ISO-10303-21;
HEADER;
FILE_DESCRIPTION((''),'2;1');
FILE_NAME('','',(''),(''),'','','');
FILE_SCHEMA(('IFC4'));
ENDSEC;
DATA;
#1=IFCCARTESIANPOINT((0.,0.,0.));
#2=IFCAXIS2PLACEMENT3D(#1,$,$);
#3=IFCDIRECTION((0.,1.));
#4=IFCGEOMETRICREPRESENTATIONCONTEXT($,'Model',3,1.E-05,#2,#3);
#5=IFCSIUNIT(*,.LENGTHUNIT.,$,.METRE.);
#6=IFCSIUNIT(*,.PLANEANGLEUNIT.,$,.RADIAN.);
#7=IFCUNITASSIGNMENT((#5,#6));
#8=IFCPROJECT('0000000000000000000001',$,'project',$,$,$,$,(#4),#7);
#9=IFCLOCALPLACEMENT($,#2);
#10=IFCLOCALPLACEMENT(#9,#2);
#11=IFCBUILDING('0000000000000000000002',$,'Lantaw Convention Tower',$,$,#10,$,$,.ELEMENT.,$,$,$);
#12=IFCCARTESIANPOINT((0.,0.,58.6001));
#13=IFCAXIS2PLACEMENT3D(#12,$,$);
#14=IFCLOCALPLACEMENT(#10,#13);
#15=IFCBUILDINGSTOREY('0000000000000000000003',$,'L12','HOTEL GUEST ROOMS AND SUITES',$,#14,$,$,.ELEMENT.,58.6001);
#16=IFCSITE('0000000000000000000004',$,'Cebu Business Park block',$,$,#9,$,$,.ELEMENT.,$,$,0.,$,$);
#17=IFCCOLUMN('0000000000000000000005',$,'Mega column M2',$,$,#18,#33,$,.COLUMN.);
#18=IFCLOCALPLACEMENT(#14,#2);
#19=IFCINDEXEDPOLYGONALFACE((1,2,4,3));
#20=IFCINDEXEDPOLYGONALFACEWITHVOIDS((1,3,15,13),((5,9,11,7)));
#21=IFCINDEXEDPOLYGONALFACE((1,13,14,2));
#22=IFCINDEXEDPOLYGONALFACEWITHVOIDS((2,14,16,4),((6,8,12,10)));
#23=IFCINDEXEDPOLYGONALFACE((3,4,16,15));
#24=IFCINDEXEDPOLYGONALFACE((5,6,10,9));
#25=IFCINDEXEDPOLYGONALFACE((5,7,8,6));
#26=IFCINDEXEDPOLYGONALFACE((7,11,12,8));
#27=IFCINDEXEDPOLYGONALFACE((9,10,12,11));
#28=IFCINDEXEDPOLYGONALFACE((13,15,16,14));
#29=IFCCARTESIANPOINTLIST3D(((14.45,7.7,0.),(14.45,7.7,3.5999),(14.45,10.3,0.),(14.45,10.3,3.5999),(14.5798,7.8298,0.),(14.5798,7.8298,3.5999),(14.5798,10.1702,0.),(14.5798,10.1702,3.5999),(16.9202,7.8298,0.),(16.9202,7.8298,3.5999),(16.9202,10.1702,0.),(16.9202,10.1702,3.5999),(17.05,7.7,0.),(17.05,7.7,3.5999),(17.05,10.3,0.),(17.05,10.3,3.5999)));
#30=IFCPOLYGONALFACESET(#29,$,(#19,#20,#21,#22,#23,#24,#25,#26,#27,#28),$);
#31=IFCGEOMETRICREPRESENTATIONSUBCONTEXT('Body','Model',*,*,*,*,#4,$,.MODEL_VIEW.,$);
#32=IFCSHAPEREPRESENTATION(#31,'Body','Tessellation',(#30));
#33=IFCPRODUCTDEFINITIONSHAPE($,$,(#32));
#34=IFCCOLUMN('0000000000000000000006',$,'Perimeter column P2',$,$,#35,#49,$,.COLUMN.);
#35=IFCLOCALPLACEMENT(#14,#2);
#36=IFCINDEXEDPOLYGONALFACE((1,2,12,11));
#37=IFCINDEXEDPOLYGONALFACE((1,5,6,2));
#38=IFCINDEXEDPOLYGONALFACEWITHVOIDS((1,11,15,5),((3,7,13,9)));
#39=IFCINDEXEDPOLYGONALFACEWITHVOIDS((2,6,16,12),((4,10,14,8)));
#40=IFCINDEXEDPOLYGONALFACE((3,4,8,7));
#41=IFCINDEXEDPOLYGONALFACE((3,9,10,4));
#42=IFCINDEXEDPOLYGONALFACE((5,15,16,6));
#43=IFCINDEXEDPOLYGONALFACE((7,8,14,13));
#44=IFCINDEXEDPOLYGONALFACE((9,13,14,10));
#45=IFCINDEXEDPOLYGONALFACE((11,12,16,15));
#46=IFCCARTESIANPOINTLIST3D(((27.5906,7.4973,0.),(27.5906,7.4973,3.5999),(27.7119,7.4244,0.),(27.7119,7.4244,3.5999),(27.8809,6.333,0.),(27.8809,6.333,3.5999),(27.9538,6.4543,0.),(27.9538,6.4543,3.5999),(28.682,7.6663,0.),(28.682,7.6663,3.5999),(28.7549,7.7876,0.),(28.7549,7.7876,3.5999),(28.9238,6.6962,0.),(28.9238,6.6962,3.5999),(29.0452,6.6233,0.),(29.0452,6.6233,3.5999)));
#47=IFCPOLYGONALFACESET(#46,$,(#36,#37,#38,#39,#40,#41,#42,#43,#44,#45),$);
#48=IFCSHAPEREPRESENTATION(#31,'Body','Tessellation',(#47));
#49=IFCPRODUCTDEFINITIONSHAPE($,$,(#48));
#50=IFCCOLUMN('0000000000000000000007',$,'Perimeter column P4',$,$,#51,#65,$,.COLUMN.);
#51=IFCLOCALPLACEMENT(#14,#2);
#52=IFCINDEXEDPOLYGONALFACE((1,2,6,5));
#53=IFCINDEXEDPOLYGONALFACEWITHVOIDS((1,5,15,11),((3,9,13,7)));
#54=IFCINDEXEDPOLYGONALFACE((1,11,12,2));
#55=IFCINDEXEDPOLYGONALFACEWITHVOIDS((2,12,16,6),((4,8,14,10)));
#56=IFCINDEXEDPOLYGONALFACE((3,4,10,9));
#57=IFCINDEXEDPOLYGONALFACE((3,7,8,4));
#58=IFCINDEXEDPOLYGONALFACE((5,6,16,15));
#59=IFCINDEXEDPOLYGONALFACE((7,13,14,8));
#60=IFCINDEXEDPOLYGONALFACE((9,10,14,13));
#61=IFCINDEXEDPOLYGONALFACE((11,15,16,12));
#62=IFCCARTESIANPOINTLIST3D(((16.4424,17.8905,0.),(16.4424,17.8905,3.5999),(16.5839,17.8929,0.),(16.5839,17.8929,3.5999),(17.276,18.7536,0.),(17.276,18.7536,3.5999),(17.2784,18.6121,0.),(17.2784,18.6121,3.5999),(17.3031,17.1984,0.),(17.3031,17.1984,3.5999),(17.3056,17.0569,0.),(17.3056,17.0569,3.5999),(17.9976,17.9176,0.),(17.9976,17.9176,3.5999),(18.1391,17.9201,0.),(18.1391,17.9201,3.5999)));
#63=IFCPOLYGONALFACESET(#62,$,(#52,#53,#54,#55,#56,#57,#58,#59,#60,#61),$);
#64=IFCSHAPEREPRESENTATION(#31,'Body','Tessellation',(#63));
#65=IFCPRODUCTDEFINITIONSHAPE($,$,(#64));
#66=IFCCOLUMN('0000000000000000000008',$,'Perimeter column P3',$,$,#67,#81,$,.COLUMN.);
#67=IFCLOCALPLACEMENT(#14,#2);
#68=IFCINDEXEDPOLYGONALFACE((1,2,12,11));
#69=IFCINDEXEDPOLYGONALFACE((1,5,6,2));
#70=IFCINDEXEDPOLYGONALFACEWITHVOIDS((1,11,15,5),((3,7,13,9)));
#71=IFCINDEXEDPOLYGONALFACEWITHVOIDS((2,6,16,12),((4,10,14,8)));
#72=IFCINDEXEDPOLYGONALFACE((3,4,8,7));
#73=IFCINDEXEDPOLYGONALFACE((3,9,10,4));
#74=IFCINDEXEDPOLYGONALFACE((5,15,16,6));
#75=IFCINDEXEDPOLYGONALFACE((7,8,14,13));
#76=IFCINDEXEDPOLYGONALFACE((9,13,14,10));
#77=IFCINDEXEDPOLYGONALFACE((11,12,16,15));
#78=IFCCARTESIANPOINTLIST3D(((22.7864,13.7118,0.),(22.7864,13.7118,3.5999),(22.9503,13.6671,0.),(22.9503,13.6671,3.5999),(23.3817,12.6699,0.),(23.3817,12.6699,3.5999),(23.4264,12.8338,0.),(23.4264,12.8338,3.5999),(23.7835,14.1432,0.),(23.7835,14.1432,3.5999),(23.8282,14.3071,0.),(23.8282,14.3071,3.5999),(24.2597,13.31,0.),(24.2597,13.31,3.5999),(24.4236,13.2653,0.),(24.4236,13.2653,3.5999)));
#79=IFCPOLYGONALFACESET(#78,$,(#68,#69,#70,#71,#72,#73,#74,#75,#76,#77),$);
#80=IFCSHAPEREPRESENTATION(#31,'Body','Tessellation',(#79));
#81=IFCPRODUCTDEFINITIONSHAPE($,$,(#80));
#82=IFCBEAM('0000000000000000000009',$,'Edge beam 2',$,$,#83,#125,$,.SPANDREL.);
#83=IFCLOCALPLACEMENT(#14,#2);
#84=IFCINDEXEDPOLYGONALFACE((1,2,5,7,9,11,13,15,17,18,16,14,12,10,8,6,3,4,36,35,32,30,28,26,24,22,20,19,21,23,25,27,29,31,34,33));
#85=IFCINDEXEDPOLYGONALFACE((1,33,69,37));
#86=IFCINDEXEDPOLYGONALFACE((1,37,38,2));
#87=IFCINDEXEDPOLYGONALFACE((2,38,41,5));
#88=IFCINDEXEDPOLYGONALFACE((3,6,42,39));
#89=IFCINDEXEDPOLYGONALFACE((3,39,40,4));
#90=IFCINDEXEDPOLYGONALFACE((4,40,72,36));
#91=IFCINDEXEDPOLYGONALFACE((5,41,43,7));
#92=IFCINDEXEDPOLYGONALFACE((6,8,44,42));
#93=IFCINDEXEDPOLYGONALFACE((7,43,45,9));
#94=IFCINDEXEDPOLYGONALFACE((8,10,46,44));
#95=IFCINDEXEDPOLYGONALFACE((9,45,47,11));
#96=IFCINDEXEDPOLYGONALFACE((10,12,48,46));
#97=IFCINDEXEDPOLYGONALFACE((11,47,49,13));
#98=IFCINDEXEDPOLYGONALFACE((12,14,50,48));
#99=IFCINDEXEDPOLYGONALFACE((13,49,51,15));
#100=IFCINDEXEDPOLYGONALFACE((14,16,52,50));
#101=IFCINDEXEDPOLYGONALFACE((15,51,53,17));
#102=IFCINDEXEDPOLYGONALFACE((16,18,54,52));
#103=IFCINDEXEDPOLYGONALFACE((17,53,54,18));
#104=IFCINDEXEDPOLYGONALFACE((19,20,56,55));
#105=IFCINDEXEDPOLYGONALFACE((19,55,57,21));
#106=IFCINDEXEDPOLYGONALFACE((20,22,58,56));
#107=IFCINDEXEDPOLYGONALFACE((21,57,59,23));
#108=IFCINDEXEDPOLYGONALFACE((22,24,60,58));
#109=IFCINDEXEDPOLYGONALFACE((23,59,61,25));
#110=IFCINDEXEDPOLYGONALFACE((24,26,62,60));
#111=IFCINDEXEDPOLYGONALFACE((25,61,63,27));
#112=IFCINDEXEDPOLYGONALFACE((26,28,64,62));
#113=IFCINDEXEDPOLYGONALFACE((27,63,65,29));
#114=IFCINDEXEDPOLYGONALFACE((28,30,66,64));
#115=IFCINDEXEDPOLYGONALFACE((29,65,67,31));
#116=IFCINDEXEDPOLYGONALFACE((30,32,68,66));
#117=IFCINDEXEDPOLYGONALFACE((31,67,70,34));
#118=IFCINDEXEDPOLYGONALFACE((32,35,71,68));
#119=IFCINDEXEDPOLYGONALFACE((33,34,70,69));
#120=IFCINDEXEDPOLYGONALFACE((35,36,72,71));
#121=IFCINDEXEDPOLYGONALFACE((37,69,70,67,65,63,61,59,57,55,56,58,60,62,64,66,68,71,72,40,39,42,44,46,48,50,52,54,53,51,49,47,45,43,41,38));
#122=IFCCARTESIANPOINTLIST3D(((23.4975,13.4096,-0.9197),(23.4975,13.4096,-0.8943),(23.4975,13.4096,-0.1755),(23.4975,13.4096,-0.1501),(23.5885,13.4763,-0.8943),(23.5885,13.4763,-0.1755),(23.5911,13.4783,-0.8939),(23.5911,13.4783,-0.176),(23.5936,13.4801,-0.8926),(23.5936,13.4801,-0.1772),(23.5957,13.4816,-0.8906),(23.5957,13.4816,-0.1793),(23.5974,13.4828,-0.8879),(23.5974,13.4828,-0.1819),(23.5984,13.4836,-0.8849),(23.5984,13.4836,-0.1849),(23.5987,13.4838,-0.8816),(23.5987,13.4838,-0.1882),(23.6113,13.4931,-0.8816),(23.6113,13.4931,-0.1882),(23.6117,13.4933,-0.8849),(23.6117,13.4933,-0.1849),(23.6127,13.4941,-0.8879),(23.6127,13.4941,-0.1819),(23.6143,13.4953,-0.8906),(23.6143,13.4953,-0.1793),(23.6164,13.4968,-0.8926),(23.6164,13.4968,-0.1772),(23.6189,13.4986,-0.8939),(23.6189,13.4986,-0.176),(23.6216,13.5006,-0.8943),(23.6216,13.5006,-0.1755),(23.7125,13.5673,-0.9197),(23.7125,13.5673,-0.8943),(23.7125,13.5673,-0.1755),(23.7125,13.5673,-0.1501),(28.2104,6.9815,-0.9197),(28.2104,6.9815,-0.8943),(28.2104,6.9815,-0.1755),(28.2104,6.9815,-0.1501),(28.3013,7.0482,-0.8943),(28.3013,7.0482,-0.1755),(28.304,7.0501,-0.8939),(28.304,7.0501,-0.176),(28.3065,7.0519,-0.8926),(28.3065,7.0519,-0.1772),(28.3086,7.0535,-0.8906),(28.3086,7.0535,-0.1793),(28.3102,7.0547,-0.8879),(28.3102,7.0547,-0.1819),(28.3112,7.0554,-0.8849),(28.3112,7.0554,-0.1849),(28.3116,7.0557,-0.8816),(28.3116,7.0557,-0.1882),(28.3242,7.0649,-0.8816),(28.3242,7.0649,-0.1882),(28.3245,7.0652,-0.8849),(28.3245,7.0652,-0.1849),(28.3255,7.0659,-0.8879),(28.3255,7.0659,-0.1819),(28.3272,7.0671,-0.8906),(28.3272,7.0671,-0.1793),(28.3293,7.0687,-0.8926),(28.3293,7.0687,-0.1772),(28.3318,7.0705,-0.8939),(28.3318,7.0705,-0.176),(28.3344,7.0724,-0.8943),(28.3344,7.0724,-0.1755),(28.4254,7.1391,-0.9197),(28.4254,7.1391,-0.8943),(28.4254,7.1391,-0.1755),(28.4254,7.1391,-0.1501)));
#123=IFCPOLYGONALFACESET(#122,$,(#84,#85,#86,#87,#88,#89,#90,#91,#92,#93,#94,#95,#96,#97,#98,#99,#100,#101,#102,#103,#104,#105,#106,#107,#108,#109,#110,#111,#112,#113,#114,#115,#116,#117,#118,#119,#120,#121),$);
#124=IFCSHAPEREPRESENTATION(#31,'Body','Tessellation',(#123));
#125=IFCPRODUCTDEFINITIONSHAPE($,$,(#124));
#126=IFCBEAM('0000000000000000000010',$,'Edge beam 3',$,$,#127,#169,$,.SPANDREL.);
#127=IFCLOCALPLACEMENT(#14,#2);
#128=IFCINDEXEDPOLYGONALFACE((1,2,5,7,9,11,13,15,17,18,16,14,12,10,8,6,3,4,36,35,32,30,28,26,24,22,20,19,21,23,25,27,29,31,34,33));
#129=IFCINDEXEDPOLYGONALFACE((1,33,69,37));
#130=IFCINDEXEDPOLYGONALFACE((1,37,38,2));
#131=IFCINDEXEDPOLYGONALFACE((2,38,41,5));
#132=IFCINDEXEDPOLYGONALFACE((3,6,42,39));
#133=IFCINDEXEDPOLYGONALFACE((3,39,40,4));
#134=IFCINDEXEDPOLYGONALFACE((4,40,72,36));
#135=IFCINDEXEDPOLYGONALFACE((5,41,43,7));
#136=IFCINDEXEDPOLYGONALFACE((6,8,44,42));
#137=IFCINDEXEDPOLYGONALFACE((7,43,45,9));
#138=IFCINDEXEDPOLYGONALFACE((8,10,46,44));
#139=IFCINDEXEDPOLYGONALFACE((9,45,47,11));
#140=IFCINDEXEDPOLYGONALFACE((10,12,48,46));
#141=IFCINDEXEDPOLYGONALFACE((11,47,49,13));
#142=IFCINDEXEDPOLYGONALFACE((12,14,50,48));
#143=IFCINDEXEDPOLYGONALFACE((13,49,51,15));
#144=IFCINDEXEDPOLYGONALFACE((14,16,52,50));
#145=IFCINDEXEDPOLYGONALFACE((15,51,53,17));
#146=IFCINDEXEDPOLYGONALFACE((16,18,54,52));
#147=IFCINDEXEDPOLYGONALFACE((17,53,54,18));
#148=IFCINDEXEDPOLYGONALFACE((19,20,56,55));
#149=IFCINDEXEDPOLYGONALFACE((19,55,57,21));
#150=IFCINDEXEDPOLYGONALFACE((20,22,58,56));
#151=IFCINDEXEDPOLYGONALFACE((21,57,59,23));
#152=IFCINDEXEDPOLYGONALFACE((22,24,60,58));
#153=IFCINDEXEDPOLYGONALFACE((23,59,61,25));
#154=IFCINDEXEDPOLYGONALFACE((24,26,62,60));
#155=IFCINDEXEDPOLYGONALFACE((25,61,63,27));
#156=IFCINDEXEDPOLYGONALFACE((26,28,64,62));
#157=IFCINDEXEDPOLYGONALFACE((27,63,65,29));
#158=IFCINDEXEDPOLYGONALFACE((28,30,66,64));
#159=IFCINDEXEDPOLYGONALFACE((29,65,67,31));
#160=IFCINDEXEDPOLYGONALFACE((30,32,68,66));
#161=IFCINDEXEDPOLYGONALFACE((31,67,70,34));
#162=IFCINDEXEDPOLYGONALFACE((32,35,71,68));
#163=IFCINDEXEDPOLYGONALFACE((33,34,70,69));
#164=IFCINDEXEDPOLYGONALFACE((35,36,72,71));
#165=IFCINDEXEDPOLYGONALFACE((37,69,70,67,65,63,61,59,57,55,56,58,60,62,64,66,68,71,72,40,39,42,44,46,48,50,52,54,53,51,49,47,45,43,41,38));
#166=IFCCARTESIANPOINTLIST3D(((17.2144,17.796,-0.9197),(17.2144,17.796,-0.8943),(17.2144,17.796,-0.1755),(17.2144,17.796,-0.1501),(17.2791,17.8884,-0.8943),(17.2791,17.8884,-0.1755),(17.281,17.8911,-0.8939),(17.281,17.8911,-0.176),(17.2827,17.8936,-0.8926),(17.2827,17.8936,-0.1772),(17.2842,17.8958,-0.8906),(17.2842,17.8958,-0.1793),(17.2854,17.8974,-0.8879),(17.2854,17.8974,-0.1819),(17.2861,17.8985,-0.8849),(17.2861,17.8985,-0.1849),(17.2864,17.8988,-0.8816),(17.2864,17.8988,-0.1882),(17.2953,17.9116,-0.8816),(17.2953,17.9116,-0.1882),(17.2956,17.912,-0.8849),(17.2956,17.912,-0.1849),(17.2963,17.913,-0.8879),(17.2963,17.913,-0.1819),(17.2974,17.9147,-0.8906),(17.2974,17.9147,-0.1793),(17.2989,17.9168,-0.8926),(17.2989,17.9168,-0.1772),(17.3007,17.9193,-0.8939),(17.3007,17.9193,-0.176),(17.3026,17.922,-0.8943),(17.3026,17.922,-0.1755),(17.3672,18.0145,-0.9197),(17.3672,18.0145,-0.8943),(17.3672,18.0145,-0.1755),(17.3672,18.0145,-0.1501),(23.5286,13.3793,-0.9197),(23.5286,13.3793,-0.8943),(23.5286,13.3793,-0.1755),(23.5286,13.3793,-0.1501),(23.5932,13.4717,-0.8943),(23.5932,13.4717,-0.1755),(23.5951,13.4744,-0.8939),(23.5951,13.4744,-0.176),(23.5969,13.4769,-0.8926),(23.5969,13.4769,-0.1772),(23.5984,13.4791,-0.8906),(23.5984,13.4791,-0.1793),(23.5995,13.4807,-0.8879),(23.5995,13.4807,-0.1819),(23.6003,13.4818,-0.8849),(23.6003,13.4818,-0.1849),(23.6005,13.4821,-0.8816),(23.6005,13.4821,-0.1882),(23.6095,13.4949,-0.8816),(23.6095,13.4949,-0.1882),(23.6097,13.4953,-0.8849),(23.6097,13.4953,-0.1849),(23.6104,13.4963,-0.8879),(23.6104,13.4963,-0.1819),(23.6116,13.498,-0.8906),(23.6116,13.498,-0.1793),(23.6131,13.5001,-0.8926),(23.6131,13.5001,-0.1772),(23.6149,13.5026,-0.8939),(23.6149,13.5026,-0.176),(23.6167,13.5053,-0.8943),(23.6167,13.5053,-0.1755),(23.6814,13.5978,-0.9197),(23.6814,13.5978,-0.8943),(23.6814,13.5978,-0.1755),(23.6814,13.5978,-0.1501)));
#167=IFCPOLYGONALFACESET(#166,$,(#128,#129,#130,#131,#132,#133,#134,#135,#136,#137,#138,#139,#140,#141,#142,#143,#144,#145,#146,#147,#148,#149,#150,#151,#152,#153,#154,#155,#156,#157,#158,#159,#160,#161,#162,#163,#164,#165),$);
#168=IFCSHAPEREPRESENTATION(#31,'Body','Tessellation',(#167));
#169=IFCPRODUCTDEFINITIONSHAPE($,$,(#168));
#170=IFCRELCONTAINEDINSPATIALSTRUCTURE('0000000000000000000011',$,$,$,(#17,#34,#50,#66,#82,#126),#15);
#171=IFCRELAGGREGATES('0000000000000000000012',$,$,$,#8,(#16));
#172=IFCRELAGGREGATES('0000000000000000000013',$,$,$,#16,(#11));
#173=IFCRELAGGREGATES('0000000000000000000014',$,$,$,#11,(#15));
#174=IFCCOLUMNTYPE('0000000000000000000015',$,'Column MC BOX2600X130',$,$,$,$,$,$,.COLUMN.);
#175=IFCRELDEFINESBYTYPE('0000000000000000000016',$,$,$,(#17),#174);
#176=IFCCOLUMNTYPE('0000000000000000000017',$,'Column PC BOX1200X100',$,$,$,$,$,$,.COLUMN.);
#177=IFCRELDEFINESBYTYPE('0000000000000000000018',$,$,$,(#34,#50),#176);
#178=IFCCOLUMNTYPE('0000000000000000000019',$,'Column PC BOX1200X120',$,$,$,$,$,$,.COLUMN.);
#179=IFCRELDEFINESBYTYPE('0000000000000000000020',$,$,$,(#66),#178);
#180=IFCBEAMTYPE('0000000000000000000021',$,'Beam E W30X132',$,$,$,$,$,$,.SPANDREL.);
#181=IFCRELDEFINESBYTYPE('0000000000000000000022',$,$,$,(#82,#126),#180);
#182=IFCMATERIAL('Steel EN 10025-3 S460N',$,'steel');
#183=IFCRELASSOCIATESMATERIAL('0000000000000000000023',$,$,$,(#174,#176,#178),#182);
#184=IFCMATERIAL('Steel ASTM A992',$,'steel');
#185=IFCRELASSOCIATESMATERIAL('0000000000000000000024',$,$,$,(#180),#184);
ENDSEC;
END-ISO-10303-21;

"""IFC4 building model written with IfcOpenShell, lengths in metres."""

from ifc_helpers import new_model, si_unit, direction, frame, origin, origin_2d, place, context, subcontext, project, spatial, rectangle, hollow_rectangle, i_section, extrude, material, material_profile, profile_set, type_object, element, save


model = new_model("IFC4")

# Units and contexts
model_context = context("Model", 3, precision=1e-05, world=origin(), true_north=direction((0.0, 1.0)))
body_context = subcontext(model_context, "Body", "Model", "MODEL_VIEW")
ifc_project = project(units=[si_unit("LENGTHUNIT", "METRE"), si_unit("PLANEANGLEUNIT", "RADIAN")], contexts=[model_context])

# Site, building, storey
site_placement = place(None, origin())
site = spatial("IfcSite", under=ifc_project, at=site_placement, Name="Cebu Business Park block", CompositionType="ELEMENT", RefElevation=0.0)
building_placement = place(site_placement, origin())
building = spatial("IfcBuilding", under=site, at=building_placement, Name="Lantaw Convention Tower", CompositionType="ELEMENT")
storey_placement = place(building_placement, frame((0.0, 0.0, 58.6001)))
storey = spatial("IfcBuildingStorey", under=building, at=storey_placement, Name="L12", Description="HOTEL GUEST ROOMS AND SUITES", CompositionType="ELEMENT", Elevation=58.6001)

# Columns
ifc_material_1 = material(Name="Steel EN 10025-3 S460N", Category="steel")
ifc_material_profile_1 = material_profile(ifc_material_1, hollow_rectangle(XDim=2.6001, YDim=2.6001, WallThickness=0.1299, at=origin_2d()), Name="BOX2600X130")
ifc_material_2 = material(Name="Concrete C60/75", Category="concrete")
ifc_material_profile_2 = material_profile(ifc_material_2, rectangle(XDim=2.3401, YDim=2.3401, at=origin_2d()), Name="Concrete fill of BOX2600X130")
ifc_profile_set_1 = profile_set([ifc_material_profile_1, ifc_material_profile_2], Name="Steel EN 10025-3 S460N")
column_type_1 = type_object("IfcColumnType", Name="Column MC BOX2600X130", PredefinedType="COLUMN", material=ifc_profile_set_1)
column_1_placement = place(storey_placement, frame((15.75, 9.0, 0.0), z_axis=(0.0, 0.0, 1.0), x_axis=(1.0, 0.0, 0.0)))
element("IfcColumn", 1, at=column_1_placement, inside=storey, type_object=column_type_1, Name="Mega column M2", PredefinedType="COLUMN", context=body_context, shape_type="SweptSolid", body=[
    extrude(hollow_rectangle(XDim=2.6001, YDim=2.6001, WallThickness=0.1299, at=origin_2d()), origin(), (0.0, 0.0, 1.0), 3.5999),
])
ifc_material_profile_3 = material_profile(ifc_material_1, hollow_rectangle(XDim=1.2, YDim=1.2, WallThickness=0.1001, at=origin_2d()), Name="BOX1200X100")
ifc_material_profile_4 = material_profile(ifc_material_2, rectangle(XDim=1.0, YDim=1.0, at=origin_2d()), Name="Concrete fill of BOX1200X100")
ifc_profile_set_2 = profile_set([ifc_material_profile_3, ifc_material_profile_4], Name="Steel EN 10025-3 S460N")
column_type_2 = type_object("IfcColumnType", Name="Column PC BOX1200X100", PredefinedType="COLUMN", material=ifc_profile_set_2)
for number, where, z_axis, x_axis, name in (
    (2, (28.3179, 7.0603, 0.0), (0.0, 0.0, 1.0), (0.970296, 0.241922, 0.0), "Perimeter column P2"),
    (3, (17.2908, 17.9053, 0.0), (0.0, 0.0, 1.0), (0.694658, 0.71934, 0.0), "Perimeter column P4"),
):
    element("IfcColumn", number, at=place(storey_placement, frame(where, z_axis=z_axis, x_axis=x_axis)), inside=storey, type_object=column_type_2, Name=name, PredefinedType="COLUMN", context=body_context, shape_type="SweptSolid", body=[
        extrude(hollow_rectangle(XDim=1.2, YDim=1.2, WallThickness=0.1001, at=origin_2d()), origin(), (0.0, 0.0, 1.0), 3.5999),
    ])
ifc_material_profile_5 = material_profile(ifc_material_1, hollow_rectangle(XDim=1.2, YDim=1.2, WallThickness=0.1201, at=origin_2d()), Name="BOX1200X120")
ifc_material_profile_6 = material_profile(ifc_material_2, rectangle(XDim=0.96, YDim=0.96, at=origin_2d()), Name="Concrete fill of BOX1200X120")
ifc_profile_set_3 = profile_set([ifc_material_profile_5, ifc_material_profile_6], Name="Steel EN 10025-3 S460N")
column_type_3 = type_object("IfcColumnType", Name="Column PC BOX1200X120", PredefinedType="COLUMN", material=ifc_profile_set_3)
column_2_placement = place(storey_placement, frame((23.605, 13.4885, 0.0), z_axis=(0.0, 0.0, 1.0), x_axis=(0.868243, 0.496139, 0.0)))
element("IfcColumn", 4, at=column_2_placement, inside=storey, type_object=column_type_3, Name="Perimeter column P3", PredefinedType="COLUMN", context=body_context, shape_type="SweptSolid", body=[
    extrude(hollow_rectangle(XDim=1.2, YDim=1.2, WallThickness=0.1201, at=origin_2d()), origin(), (0.0, 0.0, 1.0), 3.5999),
])

# Beams
ifc_material_3 = material(Name="Steel ASTM A992", Category="steel")
ifc_material_profile_7 = material_profile(ifc_material_3, i_section(OverallWidth=0.2666, OverallDepth=0.7695, WebThickness=0.0156, FlangeThickness=0.0254, FilletRadius=0.0127, at=origin_2d()), Name="W30X132")
ifc_profile_set_4 = profile_set([ifc_material_profile_7], Name="Steel ASTM A992")
beam_type_1 = type_object("IfcBeamType", Name="Beam E W30X132", PredefinedType="SPANDREL", material=ifc_profile_set_4)
beam_1_placement = place(storey_placement, frame((28.3179, 7.0603, -0.5349), z_axis=(-0.591271, 0.806473, 0.0), x_axis=(-0.806473, -0.591271, 0.0)))
element("IfcBeam", 5, at=beam_1_placement, inside=storey, type_object=beam_type_1, Name="Edge beam 2", PredefinedType="SPANDREL", context=body_context, shape_type="SweptSolid", body=[
    extrude(i_section(OverallWidth=0.2666, OverallDepth=0.7695, WebThickness=0.0156, FlangeThickness=0.0254, FilletRadius=0.0127, at=origin_2d()), origin(), (0.0, 0.0, 1.0), 7.9707),
])
beam_2_placement = place(storey_placement, frame((23.605, 13.4885, -0.5349), z_axis=(-0.819427, 0.573184, 0.0), x_axis=(-0.573184, -0.819427, 0.0)))
element("IfcBeam", 6, at=beam_2_placement, inside=storey, type_object=beam_type_1, Name="Edge beam 3", PredefinedType="SPANDREL", context=body_context, shape_type="SweptSolid", body=[
    extrude(i_section(OverallWidth=0.2666, OverallDepth=0.7695, WebThickness=0.0156, FlangeThickness=0.0254, FilletRadius=0.0127, at=origin_2d()), origin(), (0.0, 0.0, 1.0), 7.7056),
])

save(model, "model.ifc")
